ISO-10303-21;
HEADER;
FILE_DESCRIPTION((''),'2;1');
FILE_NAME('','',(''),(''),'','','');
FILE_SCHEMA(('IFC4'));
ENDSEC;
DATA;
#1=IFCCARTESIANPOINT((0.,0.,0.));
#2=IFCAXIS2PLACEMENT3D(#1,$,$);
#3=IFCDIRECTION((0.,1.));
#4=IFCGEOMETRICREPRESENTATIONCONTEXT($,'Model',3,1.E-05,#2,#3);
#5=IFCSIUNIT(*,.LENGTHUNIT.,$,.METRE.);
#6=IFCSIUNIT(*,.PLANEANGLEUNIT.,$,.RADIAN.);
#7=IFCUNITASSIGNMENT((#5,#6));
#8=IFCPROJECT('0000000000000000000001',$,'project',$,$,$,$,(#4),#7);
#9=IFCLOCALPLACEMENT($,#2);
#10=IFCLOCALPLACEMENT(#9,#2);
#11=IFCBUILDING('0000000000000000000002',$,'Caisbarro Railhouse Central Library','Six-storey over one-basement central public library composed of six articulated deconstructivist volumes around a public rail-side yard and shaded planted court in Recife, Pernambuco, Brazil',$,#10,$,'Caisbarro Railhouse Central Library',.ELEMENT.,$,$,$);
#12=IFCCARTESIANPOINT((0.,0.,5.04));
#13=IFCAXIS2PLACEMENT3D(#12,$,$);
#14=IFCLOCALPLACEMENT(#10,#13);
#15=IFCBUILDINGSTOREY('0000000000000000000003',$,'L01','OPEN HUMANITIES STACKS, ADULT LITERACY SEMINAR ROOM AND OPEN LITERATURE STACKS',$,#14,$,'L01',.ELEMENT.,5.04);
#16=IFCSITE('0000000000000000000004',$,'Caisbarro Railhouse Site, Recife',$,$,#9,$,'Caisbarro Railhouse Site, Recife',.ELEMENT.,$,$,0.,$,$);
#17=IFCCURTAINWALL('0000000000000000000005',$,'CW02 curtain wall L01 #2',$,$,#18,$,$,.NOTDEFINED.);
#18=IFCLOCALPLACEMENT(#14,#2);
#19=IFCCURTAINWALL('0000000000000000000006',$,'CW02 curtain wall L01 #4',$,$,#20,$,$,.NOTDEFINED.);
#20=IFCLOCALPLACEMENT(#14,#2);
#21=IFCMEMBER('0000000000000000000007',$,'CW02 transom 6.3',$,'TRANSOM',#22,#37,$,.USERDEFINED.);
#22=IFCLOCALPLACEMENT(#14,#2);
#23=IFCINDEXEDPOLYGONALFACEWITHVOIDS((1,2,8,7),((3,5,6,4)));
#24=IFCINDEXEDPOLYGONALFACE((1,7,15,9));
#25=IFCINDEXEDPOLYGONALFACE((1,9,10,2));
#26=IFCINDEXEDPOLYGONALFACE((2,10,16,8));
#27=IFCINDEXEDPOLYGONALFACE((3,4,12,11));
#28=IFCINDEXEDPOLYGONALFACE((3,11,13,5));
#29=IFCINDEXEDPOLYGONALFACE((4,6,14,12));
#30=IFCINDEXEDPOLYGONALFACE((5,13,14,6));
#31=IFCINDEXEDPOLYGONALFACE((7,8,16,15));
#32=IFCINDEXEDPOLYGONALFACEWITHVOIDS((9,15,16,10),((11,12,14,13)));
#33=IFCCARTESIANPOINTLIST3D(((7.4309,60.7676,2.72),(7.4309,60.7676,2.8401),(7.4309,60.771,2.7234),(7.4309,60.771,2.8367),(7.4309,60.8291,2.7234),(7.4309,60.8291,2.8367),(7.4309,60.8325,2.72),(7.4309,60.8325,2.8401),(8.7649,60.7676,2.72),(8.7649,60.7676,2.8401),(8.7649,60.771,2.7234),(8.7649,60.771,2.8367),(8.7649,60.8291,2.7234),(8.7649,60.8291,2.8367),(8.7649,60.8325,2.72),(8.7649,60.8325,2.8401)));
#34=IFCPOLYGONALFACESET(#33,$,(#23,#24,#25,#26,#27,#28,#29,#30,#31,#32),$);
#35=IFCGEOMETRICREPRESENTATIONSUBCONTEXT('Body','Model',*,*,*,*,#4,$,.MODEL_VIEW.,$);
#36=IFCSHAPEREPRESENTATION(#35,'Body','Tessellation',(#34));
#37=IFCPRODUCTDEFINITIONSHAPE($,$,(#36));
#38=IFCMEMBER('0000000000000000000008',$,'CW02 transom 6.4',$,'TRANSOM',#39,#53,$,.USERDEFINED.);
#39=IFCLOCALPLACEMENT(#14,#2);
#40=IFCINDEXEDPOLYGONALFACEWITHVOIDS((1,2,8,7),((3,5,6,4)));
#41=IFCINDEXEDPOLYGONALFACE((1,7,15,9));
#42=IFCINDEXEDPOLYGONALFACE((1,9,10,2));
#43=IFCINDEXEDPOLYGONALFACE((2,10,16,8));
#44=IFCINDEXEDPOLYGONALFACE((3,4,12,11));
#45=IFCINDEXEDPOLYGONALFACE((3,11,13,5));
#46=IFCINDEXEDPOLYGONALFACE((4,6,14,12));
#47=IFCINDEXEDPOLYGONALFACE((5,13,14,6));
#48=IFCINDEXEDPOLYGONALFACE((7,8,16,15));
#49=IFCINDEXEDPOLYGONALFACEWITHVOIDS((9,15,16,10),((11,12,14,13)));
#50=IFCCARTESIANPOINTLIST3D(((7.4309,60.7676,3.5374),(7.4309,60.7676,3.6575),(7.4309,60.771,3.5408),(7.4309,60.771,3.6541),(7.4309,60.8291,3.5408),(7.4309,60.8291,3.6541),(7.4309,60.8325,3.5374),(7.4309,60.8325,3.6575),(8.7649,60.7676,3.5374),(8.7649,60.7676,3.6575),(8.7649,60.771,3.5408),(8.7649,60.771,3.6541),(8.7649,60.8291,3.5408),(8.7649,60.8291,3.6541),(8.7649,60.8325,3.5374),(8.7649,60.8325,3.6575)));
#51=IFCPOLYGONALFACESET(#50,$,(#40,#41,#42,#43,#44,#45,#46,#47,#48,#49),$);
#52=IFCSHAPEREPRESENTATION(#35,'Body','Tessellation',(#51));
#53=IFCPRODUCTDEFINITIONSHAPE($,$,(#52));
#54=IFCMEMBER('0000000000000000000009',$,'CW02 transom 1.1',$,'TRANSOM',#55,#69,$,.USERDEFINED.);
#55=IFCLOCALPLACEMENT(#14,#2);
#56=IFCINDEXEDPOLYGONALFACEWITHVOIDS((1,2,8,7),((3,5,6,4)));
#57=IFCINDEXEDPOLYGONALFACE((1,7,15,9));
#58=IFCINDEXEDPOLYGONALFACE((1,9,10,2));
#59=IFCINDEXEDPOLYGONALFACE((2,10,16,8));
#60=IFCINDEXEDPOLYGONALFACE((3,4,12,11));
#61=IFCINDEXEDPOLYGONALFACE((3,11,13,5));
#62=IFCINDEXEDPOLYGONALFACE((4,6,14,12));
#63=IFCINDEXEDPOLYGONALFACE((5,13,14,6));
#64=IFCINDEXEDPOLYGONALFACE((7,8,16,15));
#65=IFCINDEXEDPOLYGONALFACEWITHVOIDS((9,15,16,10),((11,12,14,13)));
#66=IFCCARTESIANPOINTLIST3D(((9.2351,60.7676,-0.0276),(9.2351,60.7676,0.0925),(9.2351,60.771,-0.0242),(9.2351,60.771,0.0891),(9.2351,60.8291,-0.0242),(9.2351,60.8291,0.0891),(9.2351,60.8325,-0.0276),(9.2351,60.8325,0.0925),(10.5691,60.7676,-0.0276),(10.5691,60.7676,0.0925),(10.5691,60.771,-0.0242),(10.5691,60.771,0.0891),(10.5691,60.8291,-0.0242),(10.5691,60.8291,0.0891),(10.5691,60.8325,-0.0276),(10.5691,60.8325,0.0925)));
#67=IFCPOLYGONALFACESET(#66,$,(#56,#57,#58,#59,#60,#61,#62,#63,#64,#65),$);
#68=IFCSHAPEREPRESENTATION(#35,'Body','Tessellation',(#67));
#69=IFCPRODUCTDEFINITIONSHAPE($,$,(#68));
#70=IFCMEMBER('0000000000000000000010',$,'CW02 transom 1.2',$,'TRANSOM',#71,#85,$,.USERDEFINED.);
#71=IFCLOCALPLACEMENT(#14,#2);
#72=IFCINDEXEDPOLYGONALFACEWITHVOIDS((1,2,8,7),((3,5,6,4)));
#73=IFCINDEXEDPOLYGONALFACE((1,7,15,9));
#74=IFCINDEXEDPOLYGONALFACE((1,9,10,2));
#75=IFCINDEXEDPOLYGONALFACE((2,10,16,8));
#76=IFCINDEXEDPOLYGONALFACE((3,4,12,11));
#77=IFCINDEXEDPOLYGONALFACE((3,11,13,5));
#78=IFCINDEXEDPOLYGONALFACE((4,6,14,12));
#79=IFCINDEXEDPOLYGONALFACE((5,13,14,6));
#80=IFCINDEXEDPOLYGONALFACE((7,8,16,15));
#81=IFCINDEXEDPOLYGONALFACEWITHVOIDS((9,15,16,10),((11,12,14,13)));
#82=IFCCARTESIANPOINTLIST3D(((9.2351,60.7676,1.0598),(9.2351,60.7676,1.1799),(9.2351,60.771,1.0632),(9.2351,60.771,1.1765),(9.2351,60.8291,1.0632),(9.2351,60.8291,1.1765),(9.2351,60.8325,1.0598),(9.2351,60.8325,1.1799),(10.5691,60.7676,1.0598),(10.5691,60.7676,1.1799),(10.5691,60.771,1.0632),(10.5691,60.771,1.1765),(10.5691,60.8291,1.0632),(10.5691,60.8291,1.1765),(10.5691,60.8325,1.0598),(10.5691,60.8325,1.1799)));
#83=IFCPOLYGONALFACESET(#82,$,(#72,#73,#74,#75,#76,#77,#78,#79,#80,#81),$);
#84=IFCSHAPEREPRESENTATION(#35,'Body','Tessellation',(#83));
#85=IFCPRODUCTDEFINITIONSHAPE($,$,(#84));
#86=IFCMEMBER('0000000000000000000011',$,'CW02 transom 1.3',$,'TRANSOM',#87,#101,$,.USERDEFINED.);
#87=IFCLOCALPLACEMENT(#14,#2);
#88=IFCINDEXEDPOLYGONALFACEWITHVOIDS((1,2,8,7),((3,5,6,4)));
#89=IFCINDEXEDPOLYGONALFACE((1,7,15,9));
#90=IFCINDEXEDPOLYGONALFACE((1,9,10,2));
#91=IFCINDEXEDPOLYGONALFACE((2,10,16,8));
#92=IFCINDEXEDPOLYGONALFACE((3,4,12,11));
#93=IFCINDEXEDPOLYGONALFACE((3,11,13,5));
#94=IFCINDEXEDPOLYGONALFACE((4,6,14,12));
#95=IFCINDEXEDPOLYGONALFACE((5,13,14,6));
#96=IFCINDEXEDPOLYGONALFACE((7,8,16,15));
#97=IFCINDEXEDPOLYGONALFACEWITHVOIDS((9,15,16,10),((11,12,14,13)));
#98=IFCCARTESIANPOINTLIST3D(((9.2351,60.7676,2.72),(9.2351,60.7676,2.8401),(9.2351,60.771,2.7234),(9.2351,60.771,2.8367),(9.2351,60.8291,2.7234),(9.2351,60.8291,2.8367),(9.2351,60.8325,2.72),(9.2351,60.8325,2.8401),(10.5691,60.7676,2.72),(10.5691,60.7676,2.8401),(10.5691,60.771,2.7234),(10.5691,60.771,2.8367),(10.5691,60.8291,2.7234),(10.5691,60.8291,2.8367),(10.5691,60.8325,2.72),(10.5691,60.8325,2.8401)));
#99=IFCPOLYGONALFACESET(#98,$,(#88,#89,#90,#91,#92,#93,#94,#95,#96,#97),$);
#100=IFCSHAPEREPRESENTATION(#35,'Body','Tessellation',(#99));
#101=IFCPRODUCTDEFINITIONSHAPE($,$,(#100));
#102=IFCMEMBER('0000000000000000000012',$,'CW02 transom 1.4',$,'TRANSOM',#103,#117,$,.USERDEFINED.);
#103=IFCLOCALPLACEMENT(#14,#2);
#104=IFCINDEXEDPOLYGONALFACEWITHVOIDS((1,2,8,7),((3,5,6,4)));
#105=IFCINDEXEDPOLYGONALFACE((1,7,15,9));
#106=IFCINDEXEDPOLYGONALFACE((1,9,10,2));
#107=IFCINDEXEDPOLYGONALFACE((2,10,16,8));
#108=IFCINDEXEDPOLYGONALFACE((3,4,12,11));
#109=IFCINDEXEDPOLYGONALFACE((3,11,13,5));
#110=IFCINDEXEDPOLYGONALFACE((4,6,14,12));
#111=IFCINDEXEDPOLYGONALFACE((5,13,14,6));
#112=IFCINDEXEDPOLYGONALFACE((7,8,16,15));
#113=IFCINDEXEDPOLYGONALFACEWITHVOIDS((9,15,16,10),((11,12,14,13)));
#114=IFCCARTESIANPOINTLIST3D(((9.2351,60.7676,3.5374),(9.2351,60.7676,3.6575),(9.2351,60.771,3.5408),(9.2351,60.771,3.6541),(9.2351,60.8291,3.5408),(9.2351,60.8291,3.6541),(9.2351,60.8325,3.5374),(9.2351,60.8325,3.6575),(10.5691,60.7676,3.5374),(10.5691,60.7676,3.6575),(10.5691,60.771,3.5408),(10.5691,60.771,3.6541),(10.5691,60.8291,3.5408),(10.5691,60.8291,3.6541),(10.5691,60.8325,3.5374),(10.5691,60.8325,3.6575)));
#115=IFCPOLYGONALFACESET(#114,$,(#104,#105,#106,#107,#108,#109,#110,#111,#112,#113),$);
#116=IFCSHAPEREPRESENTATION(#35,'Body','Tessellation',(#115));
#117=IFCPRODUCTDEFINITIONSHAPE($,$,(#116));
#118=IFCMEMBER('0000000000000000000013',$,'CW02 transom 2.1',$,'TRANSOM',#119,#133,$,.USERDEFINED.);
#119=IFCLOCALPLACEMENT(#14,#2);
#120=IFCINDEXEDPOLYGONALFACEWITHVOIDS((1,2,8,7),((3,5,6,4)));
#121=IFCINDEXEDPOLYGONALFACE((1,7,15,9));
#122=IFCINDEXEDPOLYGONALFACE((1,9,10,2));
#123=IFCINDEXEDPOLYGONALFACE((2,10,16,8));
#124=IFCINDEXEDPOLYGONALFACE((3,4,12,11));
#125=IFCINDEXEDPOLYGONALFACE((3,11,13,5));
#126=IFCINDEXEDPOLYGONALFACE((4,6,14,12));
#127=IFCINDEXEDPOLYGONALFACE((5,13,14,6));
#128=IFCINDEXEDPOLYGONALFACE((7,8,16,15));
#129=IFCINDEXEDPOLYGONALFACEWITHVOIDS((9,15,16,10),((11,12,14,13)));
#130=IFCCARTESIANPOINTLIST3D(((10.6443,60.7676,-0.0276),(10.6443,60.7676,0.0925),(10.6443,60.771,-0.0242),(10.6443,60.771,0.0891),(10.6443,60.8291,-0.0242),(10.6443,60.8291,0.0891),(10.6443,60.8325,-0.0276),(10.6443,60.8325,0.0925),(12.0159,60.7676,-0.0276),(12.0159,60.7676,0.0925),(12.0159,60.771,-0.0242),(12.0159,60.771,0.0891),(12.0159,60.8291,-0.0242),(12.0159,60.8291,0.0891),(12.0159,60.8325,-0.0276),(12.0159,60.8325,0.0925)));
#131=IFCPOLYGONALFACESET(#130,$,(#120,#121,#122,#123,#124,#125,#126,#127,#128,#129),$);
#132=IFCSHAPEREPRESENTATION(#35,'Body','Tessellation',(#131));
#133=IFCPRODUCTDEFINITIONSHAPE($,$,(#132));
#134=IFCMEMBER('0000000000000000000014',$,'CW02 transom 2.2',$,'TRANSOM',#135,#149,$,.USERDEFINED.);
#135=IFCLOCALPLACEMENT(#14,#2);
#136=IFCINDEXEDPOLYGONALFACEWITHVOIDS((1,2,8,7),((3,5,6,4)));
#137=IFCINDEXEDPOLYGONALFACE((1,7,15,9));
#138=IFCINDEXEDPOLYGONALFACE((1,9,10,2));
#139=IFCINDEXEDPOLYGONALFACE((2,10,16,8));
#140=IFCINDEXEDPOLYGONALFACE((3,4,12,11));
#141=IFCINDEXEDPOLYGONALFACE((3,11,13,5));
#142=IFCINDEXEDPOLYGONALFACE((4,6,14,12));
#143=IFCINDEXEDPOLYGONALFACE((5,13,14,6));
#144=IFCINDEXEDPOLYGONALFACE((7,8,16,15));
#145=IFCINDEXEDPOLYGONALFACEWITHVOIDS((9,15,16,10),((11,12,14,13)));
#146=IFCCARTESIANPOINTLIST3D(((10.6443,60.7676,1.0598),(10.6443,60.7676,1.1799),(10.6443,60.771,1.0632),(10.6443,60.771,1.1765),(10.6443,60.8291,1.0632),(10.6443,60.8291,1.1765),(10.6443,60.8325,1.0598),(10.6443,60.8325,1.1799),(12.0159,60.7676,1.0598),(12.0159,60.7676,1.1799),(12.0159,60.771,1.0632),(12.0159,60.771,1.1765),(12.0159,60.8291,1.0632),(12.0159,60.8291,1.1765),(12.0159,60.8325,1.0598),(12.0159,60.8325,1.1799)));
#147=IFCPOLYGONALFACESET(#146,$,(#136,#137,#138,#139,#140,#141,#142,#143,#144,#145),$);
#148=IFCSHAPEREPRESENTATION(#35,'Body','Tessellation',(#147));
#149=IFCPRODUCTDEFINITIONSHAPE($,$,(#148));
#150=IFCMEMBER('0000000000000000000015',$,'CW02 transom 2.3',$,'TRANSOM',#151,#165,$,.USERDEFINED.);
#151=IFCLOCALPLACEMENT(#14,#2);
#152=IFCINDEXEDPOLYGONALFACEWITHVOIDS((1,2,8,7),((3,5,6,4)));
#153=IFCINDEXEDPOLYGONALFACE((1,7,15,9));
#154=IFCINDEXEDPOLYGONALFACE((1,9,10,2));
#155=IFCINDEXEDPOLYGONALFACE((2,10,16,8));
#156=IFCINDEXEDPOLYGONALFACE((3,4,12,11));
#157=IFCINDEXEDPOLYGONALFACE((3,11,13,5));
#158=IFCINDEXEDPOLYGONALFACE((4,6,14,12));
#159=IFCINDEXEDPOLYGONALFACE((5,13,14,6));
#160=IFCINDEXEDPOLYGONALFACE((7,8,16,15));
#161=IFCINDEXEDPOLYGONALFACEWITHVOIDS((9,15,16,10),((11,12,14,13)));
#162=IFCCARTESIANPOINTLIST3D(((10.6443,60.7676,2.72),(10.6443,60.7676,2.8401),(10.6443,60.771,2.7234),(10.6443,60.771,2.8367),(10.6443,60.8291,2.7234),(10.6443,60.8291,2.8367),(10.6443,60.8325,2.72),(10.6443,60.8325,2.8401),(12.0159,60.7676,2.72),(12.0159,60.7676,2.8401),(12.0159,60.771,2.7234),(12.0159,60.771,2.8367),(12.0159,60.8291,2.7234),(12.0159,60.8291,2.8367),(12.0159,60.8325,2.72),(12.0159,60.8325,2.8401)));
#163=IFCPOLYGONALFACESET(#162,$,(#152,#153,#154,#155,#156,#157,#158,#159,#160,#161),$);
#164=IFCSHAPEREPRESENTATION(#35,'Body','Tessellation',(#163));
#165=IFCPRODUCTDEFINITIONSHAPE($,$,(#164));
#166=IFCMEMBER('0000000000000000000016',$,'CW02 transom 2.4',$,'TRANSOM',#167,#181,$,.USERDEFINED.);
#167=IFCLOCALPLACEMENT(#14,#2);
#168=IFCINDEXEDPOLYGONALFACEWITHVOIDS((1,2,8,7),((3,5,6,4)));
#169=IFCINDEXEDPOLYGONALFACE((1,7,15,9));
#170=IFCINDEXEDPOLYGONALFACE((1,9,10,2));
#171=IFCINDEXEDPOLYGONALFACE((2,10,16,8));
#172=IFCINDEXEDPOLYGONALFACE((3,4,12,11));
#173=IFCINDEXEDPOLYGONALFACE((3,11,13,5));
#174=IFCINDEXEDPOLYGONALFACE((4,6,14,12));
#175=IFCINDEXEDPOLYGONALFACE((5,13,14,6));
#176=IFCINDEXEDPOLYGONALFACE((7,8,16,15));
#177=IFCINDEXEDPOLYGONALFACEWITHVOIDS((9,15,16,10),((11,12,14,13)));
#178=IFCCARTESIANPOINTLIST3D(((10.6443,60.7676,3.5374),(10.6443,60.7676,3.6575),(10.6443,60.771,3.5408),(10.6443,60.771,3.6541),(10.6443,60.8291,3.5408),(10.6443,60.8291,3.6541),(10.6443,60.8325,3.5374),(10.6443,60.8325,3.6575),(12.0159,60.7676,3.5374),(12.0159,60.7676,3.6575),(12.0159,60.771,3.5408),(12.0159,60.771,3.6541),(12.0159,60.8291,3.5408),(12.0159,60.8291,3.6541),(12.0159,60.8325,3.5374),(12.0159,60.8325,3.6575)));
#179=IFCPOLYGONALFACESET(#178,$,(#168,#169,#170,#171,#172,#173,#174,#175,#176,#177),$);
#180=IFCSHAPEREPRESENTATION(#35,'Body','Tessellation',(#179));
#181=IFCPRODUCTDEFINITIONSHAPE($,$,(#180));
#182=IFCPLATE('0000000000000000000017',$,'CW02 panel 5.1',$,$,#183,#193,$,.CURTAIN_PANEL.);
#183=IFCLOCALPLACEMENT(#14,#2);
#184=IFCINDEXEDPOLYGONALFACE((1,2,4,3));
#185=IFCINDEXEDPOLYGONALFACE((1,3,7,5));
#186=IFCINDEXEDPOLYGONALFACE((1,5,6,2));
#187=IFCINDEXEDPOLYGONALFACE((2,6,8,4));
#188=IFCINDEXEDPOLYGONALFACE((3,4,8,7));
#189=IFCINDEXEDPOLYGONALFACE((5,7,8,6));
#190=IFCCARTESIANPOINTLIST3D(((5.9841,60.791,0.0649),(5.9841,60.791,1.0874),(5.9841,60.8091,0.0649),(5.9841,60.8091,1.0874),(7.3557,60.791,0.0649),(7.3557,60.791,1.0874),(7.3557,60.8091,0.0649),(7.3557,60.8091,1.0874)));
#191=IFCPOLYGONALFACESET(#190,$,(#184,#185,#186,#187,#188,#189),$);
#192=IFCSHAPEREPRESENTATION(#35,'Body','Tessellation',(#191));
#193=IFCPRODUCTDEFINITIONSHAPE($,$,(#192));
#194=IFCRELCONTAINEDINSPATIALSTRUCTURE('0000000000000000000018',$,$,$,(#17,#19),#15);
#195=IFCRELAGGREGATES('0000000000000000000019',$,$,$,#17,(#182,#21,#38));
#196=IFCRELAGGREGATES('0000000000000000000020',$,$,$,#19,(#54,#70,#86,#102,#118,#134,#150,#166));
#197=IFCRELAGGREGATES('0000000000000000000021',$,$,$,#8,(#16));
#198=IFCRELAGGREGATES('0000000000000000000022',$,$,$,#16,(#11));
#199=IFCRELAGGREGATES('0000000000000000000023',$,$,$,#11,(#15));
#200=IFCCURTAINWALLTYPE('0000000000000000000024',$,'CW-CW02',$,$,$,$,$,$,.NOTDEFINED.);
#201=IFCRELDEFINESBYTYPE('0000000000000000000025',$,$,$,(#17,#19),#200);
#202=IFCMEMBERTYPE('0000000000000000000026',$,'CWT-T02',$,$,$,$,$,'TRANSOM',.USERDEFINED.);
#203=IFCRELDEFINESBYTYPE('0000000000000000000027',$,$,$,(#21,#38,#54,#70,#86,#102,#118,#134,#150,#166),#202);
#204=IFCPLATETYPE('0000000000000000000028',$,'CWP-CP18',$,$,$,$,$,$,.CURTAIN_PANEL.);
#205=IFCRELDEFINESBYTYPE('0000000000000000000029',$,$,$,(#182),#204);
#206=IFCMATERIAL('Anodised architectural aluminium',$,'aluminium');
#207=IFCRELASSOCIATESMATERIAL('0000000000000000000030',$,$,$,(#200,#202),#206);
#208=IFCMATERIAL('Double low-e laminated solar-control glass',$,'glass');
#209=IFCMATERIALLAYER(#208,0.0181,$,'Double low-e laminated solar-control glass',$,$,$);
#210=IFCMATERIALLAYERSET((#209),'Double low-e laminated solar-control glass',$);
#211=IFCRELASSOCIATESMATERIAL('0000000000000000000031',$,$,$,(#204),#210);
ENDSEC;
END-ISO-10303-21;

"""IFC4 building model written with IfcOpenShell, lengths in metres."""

from ifc_helpers import new_model, si_unit, direction, frame, origin, origin_2d, place, context, subcontext, project, spatial, rectangle, hollow_rectangle, extrude, material, layer, layer_set, material_profile, profile_set, type_object, element, aggregate, save


model = new_model("IFC4")

# Units and contexts
model_context = context("Model", 3, precision=1e-05, world=origin(), true_north=direction((0.0, 1.0)))
body_context = subcontext(model_context, "Body", "Model", "MODEL_VIEW")
ifc_project = project(units=[si_unit("LENGTHUNIT", "METRE"), si_unit("PLANEANGLEUNIT", "RADIAN")], contexts=[model_context])

# Site, building, storey
site_placement = place(None, origin())
site = spatial("IfcSite", under=ifc_project, at=site_placement, Name="Caisbarro Railhouse Site, Recife", LongName="Caisbarro Railhouse Site, Recife", CompositionType="ELEMENT", RefElevation=0.0)
building_placement = place(site_placement, origin())
building = spatial("IfcBuilding", under=site, at=building_placement, Name="Caisbarro Railhouse Central Library", Description="Six-storey over one-basement central public library composed of six articulated deconstructivist volumes around a public rail-side yard and shaded planted court in Recife, Pernambuco, Brazil", LongName="Caisbarro Railhouse Central Library", CompositionType="ELEMENT")
storey_placement = place(building_placement, frame((0.0, 0.0, 5.04)))
storey = spatial("IfcBuildingStorey", under=building, at=storey_placement, Name="L01", Description="OPEN HUMANITIES STACKS, ADULT LITERACY SEMINAR ROOM AND OPEN LITERATURE STACKS", LongName="L01", CompositionType="ELEMENT", Elevation=5.04)

# Curtain walls
ifc_material_1 = material(Name="Anodised architectural aluminium", Category="aluminium")
curtain_wall_type = type_object("IfcCurtainWallType", Name="CW-CW02", PredefinedType="NOTDEFINED", material=ifc_material_1)
curtain_wall_1_placement = place(storey_placement, origin())
curtain_wall_1 = element("IfcCurtainWall", 1, at=curtain_wall_1_placement, inside=storey, type_object=curtain_wall_type, Name="CW02 curtain wall L01 #2", PredefinedType="NOTDEFINED")
curtain_wall_2_placement = place(storey_placement, origin())
curtain_wall_2 = element("IfcCurtainWall", 2, at=curtain_wall_2_placement, inside=storey, type_object=curtain_wall_type, Name="CW02 curtain wall L01 #4", PredefinedType="NOTDEFINED")

# Members
ifc_material_profile_1 = material_profile(ifc_material_1, hollow_rectangle(XDim=0.0649, YDim=0.1201, WallThickness=0.0034, at=origin_2d()), Name="ALU-TRN-65X120")
ifc_profile_set_1 = profile_set([ifc_material_profile_1], Name="Anodised architectural aluminium")
member_type_1 = type_object("IfcMemberType", Name="CWT-T02", ElementType="TRANSOM", PredefinedType="USERDEFINED", material=ifc_profile_set_1)
member_1_placement = place(storey_placement, frame((7.4309, 60.8, 2.78), z_axis=(1.0, 0.0, 0.0), x_axis=(0.0, 1.0, 0.0)))
member_1 = element("IfcMember", 3, at=member_1_placement, type_object=member_type_1, Name="CW02 transom 6.3", ObjectType="TRANSOM", PredefinedType="USERDEFINED", context=body_context, shape_type="SweptSolid", body=[
    extrude(hollow_rectangle(XDim=0.0649, YDim=0.1201, WallThickness=0.0034, at=origin_2d()), origin(), (0.0, 0.0, 1.0), 1.334),
])
member_2_placement = place(storey_placement, frame((7.4309, 60.8, 3.5974), z_axis=(1.0, 0.0, 0.0), x_axis=(0.0, 1.0, 0.0)))
member_2 = element("IfcMember", 4, at=member_2_placement, type_object=member_type_1, Name="CW02 transom 6.4", ObjectType="TRANSOM", PredefinedType="USERDEFINED", context=body_context, shape_type="SweptSolid", body=[
    extrude(hollow_rectangle(XDim=0.0649, YDim=0.1201, WallThickness=0.0034, at=origin_2d()), origin(), (0.0, 0.0, 1.0), 1.334),
])
member_3_placement = place(storey_placement, frame((9.2351, 60.8, 0.0325), z_axis=(1.0, 0.0, 0.0), x_axis=(0.0, 1.0, 0.0)))
member_3 = element("IfcMember", 5, at=member_3_placement, type_object=member_type_1, Name="CW02 transom 1.1", ObjectType="TRANSOM", PredefinedType="USERDEFINED", context=body_context, shape_type="SweptSolid", body=[
    extrude(hollow_rectangle(XDim=0.0649, YDim=0.1201, WallThickness=0.0034, at=origin_2d()), origin(), (0.0, 0.0, 1.0), 1.334),
])
member_4_placement = place(storey_placement, frame((9.2351, 60.8, 1.1199), z_axis=(1.0, 0.0, 0.0), x_axis=(0.0, 1.0, 0.0)))
member_4 = element("IfcMember", 6, at=member_4_placement, type_object=member_type_1, Name="CW02 transom 1.2", ObjectType="TRANSOM", PredefinedType="USERDEFINED", context=body_context, shape_type="SweptSolid", body=[
    extrude(hollow_rectangle(XDim=0.0649, YDim=0.1201, WallThickness=0.0034, at=origin_2d()), origin(), (0.0, 0.0, 1.0), 1.334),
])
member_5_placement = place(storey_placement, frame((9.2351, 60.8, 2.78), z_axis=(1.0, 0.0, 0.0), x_axis=(0.0, 1.0, 0.0)))
member_5 = element("IfcMember", 7, at=member_5_placement, type_object=member_type_1, Name="CW02 transom 1.3", ObjectType="TRANSOM", PredefinedType="USERDEFINED", context=body_context, shape_type="SweptSolid", body=[
    extrude(hollow_rectangle(XDim=0.0649, YDim=0.1201, WallThickness=0.0034, at=origin_2d()), origin(), (0.0, 0.0, 1.0), 1.334),
])
member_6_placement = place(storey_placement, frame((9.2351, 60.8, 3.5974), z_axis=(1.0, 0.0, 0.0), x_axis=(0.0, 1.0, 0.0)))
member_6 = element("IfcMember", 8, at=member_6_placement, type_object=member_type_1, Name="CW02 transom 1.4", ObjectType="TRANSOM", PredefinedType="USERDEFINED", context=body_context, shape_type="SweptSolid", body=[
    extrude(hollow_rectangle(XDim=0.0649, YDim=0.1201, WallThickness=0.0034, at=origin_2d()), origin(), (0.0, 0.0, 1.0), 1.334),
])
member_7_placement = place(storey_placement, frame((10.6443, 60.8, 0.0325), z_axis=(1.0, 0.0, 0.0), x_axis=(0.0, 1.0, 0.0)))
member_7 = element("IfcMember", 9, at=member_7_placement, type_object=member_type_1, Name="CW02 transom 2.1", ObjectType="TRANSOM", PredefinedType="USERDEFINED", context=body_context, shape_type="SweptSolid", body=[
    extrude(hollow_rectangle(XDim=0.0649, YDim=0.1201, WallThickness=0.0034, at=origin_2d()), origin(), (0.0, 0.0, 1.0), 1.3716),
])
member_8_placement = place(storey_placement, frame((10.6443, 60.8, 1.1199), z_axis=(1.0, 0.0, 0.0), x_axis=(0.0, 1.0, 0.0)))
member_8 = element("IfcMember", 10, at=member_8_placement, type_object=member_type_1, Name="CW02 transom 2.2", ObjectType="TRANSOM", PredefinedType="USERDEFINED", context=body_context, shape_type="SweptSolid", body=[
    extrude(hollow_rectangle(XDim=0.0649, YDim=0.1201, WallThickness=0.0034, at=origin_2d()), origin(), (0.0, 0.0, 1.0), 1.3716),
])
member_9_placement = place(storey_placement, frame((10.6443, 60.8, 2.78), z_axis=(1.0, 0.0, 0.0), x_axis=(0.0, 1.0, 0.0)))
member_9 = element("IfcMember", 11, at=member_9_placement, type_object=member_type_1, Name="CW02 transom 2.3", ObjectType="TRANSOM", PredefinedType="USERDEFINED", context=body_context, shape_type="SweptSolid", body=[
    extrude(hollow_rectangle(XDim=0.0649, YDim=0.1201, WallThickness=0.0034, at=origin_2d()), origin(), (0.0, 0.0, 1.0), 1.3716),
])
member_10_placement = place(storey_placement, frame((10.6443, 60.8, 3.5974), z_axis=(1.0, 0.0, 0.0), x_axis=(0.0, 1.0, 0.0)))
member_10 = element("IfcMember", 12, at=member_10_placement, type_object=member_type_1, Name="CW02 transom 2.4", ObjectType="TRANSOM", PredefinedType="USERDEFINED", context=body_context, shape_type="SweptSolid", body=[
    extrude(hollow_rectangle(XDim=0.0649, YDim=0.1201, WallThickness=0.0034, at=origin_2d()), origin(), (0.0, 0.0, 1.0), 1.3716),
])

# Plate
ifc_material_2 = material(Name="Double low-e laminated solar-control glass", Category="glass")
ifc_layer_1 = layer(ifc_material_2, 0.0181, Name="Double low-e laminated solar-control glass")
ifc_layer_set_1 = layer_set([ifc_layer_1], Name="Double low-e laminated solar-control glass")
plate_type_1 = type_object("IfcPlateType", Name="CWP-CP18", PredefinedType="CURTAIN_PANEL", material=ifc_layer_set_1)
plate_1_placement = place(storey_placement, frame((6.6699, 60.8, 0.0649), z_axis=(0.0, 0.0, 1.0), x_axis=(1.0, 0.0, 0.0)))
plate_1 = element("IfcPlate", 13, at=plate_1_placement, type_object=plate_type_1, Name="CW02 panel 5.1", PredefinedType="CURTAIN_PANEL", context=body_context, shape_type="SweptSolid", body=[
    extrude(rectangle(XDim=1.3716, YDim=0.0181, at=origin_2d()), origin(), (0.0, 0.0, 1.0), 1.0225),
])
aggregate(curtain_wall_1, [plate_1, member_1, member_2])
aggregate(curtain_wall_2, [member_3, member_4, member_5, member_6, member_7, member_8, member_9, member_10])

save(model, "model.ifc")
